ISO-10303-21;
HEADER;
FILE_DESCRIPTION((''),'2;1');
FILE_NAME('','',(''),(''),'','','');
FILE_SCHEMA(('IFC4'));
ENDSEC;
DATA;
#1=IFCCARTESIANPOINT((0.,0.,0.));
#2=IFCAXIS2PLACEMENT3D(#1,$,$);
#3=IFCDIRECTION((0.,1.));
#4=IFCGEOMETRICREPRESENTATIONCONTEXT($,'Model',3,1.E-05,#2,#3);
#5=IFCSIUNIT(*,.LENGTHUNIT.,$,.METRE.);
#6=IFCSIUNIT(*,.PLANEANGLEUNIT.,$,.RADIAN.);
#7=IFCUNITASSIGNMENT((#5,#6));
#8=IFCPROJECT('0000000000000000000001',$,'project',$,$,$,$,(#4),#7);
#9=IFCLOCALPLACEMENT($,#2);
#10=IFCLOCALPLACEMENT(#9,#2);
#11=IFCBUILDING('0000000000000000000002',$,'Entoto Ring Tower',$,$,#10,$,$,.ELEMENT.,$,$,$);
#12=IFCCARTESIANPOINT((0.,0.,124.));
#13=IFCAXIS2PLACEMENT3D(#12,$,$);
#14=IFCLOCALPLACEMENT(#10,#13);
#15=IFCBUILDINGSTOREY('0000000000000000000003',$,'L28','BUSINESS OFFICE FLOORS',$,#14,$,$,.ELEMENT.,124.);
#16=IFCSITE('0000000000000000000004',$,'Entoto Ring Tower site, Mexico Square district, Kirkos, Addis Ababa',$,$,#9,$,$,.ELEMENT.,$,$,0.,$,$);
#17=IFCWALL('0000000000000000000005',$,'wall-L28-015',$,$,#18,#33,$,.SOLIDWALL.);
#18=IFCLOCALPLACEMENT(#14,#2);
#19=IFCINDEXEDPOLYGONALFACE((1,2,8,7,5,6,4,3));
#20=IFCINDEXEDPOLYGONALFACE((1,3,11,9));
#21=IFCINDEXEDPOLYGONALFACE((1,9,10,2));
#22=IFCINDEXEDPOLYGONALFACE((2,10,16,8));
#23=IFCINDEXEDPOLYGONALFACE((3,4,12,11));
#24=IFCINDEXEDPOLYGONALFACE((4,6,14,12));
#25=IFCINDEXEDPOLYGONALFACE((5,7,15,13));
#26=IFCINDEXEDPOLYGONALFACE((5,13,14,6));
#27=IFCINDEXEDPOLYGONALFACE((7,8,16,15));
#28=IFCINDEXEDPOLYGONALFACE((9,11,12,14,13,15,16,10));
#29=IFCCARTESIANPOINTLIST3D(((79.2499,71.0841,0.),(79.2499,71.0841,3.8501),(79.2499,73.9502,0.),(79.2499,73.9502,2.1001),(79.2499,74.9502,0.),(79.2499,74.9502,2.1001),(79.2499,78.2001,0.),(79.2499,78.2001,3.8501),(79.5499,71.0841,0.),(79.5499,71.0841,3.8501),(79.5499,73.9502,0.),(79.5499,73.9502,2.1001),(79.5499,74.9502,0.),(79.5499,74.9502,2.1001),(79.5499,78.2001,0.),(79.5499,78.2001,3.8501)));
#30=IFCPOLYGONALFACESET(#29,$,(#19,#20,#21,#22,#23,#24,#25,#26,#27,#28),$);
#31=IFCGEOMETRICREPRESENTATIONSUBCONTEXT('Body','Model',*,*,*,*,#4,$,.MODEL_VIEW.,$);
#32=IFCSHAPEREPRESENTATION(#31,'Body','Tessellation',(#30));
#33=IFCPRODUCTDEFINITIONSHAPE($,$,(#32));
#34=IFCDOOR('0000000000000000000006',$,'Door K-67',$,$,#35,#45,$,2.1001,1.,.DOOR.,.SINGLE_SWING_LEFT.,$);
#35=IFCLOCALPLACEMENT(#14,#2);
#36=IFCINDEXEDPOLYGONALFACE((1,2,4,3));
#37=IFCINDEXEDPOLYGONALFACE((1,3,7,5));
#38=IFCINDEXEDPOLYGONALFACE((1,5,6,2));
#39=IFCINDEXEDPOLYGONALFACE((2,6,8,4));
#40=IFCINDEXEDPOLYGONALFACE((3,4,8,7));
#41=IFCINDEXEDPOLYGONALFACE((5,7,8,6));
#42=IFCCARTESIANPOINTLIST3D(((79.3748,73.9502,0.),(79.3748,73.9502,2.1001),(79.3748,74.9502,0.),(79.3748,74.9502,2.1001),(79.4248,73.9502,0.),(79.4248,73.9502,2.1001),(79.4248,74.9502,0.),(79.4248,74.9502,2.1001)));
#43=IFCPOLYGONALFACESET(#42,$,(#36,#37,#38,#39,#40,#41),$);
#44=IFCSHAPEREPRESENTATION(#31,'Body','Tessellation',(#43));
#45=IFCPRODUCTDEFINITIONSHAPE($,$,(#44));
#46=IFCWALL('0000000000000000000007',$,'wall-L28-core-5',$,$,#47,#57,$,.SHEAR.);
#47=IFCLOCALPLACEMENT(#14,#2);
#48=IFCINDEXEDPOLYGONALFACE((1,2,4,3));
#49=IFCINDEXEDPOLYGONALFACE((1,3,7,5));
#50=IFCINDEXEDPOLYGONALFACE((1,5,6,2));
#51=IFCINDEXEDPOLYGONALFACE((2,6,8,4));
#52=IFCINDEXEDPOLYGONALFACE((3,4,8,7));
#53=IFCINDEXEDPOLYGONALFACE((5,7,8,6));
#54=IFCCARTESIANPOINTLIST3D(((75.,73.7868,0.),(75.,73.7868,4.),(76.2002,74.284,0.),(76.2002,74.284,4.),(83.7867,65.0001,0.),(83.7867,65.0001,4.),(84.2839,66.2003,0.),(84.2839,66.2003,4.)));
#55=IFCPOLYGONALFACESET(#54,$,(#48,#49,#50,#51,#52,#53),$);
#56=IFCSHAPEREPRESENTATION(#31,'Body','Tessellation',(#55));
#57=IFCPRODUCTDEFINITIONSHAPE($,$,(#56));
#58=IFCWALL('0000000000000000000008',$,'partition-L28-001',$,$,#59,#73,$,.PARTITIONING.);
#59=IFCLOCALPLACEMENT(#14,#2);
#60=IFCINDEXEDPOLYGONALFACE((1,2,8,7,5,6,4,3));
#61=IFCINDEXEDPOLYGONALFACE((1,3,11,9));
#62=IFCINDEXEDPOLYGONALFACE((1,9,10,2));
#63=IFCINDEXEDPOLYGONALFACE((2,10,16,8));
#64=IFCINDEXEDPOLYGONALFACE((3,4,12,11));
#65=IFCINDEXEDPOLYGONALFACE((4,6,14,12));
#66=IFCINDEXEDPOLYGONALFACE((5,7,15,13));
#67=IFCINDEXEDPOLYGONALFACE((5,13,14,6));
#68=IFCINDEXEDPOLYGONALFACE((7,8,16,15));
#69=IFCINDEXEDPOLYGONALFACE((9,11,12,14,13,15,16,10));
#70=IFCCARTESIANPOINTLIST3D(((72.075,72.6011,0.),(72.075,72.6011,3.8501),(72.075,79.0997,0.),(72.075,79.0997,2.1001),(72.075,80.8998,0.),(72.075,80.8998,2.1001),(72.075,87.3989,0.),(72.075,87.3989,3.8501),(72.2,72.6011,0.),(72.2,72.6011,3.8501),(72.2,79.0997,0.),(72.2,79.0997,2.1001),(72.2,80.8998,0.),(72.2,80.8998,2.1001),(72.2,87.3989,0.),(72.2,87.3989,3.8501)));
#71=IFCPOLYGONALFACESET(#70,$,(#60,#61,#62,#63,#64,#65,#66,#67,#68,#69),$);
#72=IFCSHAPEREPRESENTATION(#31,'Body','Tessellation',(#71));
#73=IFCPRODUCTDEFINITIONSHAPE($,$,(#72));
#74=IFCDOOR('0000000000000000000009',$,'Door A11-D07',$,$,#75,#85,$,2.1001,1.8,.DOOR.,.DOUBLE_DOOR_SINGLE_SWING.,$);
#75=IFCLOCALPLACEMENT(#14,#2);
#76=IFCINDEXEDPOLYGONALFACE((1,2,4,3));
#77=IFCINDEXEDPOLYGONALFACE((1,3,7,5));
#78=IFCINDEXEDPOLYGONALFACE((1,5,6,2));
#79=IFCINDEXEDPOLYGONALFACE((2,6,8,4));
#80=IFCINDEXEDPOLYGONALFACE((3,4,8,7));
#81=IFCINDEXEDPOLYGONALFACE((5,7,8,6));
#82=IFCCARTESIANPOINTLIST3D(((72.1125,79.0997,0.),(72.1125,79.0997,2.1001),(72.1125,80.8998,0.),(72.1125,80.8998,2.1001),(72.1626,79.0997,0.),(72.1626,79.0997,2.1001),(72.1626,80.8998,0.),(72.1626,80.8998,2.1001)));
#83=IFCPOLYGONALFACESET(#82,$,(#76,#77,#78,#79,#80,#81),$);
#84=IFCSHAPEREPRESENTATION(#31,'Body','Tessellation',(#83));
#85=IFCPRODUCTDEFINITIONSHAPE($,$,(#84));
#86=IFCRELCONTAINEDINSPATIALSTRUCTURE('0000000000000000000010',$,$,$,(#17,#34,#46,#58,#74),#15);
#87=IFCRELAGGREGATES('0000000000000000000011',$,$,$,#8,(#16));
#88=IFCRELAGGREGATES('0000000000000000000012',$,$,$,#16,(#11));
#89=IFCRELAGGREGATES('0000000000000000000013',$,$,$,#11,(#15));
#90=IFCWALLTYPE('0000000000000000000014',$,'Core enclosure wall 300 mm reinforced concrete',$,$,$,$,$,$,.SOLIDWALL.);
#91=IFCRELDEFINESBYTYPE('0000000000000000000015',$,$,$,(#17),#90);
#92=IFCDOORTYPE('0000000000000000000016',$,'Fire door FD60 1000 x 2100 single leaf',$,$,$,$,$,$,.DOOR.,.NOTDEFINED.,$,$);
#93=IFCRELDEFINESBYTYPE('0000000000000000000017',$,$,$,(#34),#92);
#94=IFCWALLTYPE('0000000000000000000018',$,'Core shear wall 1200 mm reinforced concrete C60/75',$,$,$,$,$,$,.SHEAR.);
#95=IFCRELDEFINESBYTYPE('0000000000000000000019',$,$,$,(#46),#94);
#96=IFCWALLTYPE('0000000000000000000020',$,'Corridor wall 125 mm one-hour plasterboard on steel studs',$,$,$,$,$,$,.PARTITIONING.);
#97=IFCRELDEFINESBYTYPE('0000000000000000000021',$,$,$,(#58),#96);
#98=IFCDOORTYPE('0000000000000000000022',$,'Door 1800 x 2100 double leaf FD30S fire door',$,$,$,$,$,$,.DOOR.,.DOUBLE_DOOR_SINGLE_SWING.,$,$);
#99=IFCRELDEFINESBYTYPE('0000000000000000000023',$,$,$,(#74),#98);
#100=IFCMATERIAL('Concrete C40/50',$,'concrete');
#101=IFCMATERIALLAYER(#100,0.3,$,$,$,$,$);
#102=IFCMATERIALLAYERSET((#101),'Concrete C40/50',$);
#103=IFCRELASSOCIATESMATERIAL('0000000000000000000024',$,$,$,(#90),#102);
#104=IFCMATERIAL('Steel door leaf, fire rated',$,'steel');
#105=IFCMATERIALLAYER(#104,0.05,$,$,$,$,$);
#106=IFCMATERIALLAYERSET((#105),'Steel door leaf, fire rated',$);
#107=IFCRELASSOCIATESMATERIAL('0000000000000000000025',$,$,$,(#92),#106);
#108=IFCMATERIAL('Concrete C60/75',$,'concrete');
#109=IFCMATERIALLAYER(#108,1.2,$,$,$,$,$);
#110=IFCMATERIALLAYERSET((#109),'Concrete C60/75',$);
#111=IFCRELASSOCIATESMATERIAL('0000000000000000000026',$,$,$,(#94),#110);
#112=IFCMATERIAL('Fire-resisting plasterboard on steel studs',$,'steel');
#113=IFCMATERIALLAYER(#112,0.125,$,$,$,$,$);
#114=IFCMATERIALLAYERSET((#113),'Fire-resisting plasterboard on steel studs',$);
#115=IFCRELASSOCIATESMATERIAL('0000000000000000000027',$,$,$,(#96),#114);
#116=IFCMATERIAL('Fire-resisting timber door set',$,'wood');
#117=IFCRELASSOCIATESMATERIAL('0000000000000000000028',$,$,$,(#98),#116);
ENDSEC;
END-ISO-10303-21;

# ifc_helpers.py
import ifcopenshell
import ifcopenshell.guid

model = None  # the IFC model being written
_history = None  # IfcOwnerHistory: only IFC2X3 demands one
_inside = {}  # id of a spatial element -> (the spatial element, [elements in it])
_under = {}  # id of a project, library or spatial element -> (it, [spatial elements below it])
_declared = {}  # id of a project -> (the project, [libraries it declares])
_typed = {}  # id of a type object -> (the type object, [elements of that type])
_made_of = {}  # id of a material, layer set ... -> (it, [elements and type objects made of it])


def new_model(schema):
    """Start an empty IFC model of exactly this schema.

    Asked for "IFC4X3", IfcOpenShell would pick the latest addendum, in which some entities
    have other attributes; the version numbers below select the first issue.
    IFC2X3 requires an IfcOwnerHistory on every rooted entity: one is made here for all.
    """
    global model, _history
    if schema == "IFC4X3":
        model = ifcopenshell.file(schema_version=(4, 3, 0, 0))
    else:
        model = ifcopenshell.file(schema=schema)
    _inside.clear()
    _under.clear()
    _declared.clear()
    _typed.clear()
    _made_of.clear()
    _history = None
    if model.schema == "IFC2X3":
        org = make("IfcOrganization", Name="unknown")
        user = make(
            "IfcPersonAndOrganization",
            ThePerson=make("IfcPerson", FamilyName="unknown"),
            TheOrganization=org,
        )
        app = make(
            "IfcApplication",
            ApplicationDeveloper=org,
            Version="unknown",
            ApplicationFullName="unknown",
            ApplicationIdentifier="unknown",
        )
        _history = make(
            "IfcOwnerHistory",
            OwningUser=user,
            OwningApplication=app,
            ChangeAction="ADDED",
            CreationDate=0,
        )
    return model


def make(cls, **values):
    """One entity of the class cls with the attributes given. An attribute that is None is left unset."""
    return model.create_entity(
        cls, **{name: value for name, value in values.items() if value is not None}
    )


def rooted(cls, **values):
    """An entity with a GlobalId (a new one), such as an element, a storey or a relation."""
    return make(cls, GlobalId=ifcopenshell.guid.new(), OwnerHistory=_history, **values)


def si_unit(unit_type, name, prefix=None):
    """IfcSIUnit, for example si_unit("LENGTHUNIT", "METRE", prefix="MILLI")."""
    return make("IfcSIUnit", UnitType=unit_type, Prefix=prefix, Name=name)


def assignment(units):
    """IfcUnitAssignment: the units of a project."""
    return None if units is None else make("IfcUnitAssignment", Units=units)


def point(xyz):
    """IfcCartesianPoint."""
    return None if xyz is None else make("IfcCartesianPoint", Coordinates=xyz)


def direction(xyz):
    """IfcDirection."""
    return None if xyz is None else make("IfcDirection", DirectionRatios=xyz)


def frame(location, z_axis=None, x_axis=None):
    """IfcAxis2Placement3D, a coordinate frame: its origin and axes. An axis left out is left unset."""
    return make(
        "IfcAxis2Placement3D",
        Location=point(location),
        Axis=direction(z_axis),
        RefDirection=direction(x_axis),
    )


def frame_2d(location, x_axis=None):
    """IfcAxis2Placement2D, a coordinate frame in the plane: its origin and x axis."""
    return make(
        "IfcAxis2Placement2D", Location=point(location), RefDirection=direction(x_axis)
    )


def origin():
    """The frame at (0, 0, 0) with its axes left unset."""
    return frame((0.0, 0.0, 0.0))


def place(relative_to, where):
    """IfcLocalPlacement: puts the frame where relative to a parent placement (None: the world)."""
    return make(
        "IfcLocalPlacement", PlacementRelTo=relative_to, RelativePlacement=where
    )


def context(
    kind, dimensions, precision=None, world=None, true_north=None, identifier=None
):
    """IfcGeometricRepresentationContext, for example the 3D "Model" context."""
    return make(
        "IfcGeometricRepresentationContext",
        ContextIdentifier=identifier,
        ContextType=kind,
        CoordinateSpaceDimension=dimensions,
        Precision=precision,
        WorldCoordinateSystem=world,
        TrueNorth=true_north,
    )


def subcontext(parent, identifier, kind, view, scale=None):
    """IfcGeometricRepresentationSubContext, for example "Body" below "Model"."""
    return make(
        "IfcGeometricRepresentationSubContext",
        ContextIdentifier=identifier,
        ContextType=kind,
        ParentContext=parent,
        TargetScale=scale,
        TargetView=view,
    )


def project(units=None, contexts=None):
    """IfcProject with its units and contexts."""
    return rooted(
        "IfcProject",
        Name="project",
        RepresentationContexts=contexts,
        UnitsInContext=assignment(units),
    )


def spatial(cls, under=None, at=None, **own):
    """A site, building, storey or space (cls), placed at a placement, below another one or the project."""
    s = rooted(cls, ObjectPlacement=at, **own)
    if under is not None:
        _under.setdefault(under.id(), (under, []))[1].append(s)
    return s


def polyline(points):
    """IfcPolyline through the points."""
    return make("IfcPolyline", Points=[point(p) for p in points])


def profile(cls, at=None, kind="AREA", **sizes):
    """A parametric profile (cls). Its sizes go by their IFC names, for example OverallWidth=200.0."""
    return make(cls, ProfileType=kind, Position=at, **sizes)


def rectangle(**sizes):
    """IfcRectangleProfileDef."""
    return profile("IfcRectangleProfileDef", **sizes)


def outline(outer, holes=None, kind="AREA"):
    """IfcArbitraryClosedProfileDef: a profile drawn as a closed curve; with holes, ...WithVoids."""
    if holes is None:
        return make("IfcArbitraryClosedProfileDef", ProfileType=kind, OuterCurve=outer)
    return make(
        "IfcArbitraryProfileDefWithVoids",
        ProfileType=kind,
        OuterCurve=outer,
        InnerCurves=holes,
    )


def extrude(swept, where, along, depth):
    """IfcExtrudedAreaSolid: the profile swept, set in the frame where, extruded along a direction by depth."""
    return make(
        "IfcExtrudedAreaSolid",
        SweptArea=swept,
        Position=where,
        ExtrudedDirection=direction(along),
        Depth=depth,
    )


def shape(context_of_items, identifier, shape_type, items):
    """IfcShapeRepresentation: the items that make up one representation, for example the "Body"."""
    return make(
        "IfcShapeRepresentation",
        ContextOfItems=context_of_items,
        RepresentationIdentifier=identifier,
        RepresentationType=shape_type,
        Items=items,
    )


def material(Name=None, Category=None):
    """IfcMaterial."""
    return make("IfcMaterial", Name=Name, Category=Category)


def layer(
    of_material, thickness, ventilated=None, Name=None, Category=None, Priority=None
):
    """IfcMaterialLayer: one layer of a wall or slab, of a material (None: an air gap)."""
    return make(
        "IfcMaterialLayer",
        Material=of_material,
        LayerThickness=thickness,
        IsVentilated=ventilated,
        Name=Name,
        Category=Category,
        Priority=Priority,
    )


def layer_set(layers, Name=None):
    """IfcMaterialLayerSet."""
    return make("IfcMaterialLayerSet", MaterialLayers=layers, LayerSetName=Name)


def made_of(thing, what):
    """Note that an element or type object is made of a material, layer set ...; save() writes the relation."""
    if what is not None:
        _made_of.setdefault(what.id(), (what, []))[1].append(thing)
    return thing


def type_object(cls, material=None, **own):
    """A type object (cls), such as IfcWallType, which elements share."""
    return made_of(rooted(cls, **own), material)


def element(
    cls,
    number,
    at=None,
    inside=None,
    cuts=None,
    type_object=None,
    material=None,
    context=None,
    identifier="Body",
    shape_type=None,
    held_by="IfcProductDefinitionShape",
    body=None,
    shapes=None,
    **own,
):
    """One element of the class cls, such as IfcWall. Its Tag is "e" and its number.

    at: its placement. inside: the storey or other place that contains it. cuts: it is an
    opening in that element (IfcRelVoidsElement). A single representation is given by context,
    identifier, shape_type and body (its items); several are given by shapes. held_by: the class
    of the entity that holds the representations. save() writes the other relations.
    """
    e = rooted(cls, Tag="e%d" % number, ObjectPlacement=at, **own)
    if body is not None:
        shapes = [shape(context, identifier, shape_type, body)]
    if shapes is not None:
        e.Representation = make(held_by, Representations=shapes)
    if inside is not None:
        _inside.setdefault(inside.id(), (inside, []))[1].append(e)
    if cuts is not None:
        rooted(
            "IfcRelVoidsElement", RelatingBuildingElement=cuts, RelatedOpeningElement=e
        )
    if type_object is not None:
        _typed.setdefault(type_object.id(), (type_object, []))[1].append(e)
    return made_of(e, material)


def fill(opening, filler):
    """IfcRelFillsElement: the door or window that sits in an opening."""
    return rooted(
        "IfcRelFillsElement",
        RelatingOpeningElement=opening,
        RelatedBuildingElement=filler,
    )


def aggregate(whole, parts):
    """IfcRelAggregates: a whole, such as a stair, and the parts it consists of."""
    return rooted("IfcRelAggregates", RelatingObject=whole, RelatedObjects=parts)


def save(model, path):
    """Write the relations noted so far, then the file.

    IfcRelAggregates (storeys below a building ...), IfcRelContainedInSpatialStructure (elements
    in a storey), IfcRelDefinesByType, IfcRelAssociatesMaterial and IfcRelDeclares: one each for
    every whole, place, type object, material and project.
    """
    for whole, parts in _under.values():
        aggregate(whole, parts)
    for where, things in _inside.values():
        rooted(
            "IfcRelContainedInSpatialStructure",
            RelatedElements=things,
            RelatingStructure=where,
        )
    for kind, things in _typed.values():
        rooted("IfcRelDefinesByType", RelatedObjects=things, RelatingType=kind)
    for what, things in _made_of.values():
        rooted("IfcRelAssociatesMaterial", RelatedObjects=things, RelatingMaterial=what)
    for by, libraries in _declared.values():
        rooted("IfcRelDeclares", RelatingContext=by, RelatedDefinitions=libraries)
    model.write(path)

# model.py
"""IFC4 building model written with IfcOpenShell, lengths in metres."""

from ifc_helpers import new_model, si_unit, direction, frame, frame_2d, origin, place, context, subcontext, project, spatial, polyline, rectangle, outline, extrude, material, layer, layer_set, type_object, element, fill, save


model = new_model("IFC4")

# Units and contexts
model_context = context("Model", 3, precision=1e-05, world=origin(), true_north=direction((0.0, 1.0)))
body_context = subcontext(model_context, "Body", "Model", "MODEL_VIEW")
ifc_project = project(units=[si_unit("LENGTHUNIT", "METRE"), si_unit("PLANEANGLEUNIT", "RADIAN")], contexts=[model_context])

# Site, building, storey
site_placement = place(None, origin())
site = spatial("IfcSite", under=ifc_project, at=site_placement, Name="Entoto Ring Tower site, Mexico Square district, Kirkos, Addis Ababa", CompositionType="ELEMENT", RefElevation=0.0)
building_placement = place(site_placement, origin())
building = spatial("IfcBuilding", under=site, at=building_placement, Name="Entoto Ring Tower", CompositionType="ELEMENT")
storey_placement = place(building_placement, frame((0.0, 0.0, 124.0)))
storey = spatial("IfcBuildingStorey", under=building, at=storey_placement, Name="L28", Description="BUSINESS OFFICE FLOORS", CompositionType="ELEMENT", Elevation=124.0)

# Wall, opening, door
ifc_material_1 = material(Name="Concrete C40/50", Category="concrete")
ifc_layer_1 = layer(ifc_material_1, 0.3)
ifc_layer_set_1 = layer_set([ifc_layer_1], Name="Concrete C40/50")
wall_type_1 = type_object("IfcWallType", Name="Core enclosure wall 300 mm reinforced concrete", PredefinedType="SOLIDWALL", material=ifc_layer_set_1)
wall_1_placement = place(storey_placement, frame((79.3999, 71.084, 0.0), z_axis=(0.0, 0.0, 1.0), x_axis=(0.0, 1.0, 0.0)))
wall_1 = element("IfcWall", 1, at=wall_1_placement, inside=storey, type_object=wall_type_1, Name="wall-L28-015", PredefinedType="SOLIDWALL", context=body_context, shape_type="SweptSolid", body=[
    extrude(rectangle(XDim=7.116, YDim=0.3, at=frame_2d((3.5581, 0.0))), origin(), (0.0, 0.0, 1.0), 3.8501),
])
opening_1_placement = place(wall_1_placement, frame((2.8662, 0.0, 0.0)))
opening_1 = element("IfcOpeningElement", 2, at=opening_1_placement, cuts=wall_1, PredefinedType="OPENING", context=body_context, shape_type="SweptSolid", body=[
    extrude(rectangle(XDim=1.0, YDim=2.1001, at=frame_2d((0.5, 1.05))), frame((0.0, 0.1602, 0.0), z_axis=(0.0, -1.0, 0.0), x_axis=(1.0, 0.0, 0.0)), (0.0, 0.0, 1.0), 0.3201),
])
ifc_material_2 = material(Name="Steel door leaf, fire rated", Category="steel")
ifc_layer_2 = layer(ifc_material_2, 0.05)
ifc_layer_set_2 = layer_set([ifc_layer_2], Name="Steel door leaf, fire rated")
door_type_1 = type_object("IfcDoorType", Name="Fire door FD60 1000 x 2100 single leaf", OperationType="NOTDEFINED", PredefinedType="DOOR", material=ifc_layer_set_2)
door_1_placement = place(opening_1_placement, frame((1.0, 0.0, 0.0), z_axis=(0.0, 0.0, 1.0), x_axis=(-1.0, 0.0, 0.0)))
door_1 = element("IfcDoor", 3, at=door_1_placement, inside=storey, type_object=door_type_1, Name="Door K-67", OperationType="SINGLE_SWING_LEFT", OverallHeight=2.1001, OverallWidth=1.0, PredefinedType="DOOR", context=body_context, shape_type="SweptSolid", body=[
    extrude(rectangle(XDim=1.0, YDim=2.1001, at=frame_2d((0.5, 1.05))), frame((0.0, 0.0249, 0.0), z_axis=(0.0, -1.0, 0.0), x_axis=(1.0, 0.0, 0.0)), (0.0, 0.0, 1.0), 0.05),
])
fill(opening_1, door_1)

# Wall
ifc_material_3 = material(Name="Concrete C60/75", Category="concrete")
ifc_layer_3 = layer(ifc_material_3, 1.2)
ifc_layer_set_3 = layer_set([ifc_layer_3], Name="Concrete C60/75")
wall_type_2 = type_object("IfcWallType", Name="Core shear wall 1200 mm reinforced concrete C60/75", PredefinedType="SHEAR", material=ifc_layer_set_3)
wall_2_placement = place(storey_placement, frame((75.6001, 74.0354, 0.0), z_axis=(0.0, 0.0, 1.0), x_axis=(0.707107, -0.707107, 0.0)))
element("IfcWall", 4, at=wall_2_placement, inside=storey, type_object=wall_type_2, Name="wall-L28-core-5", PredefinedType="SHEAR", context=body_context, shape_type="SweptSolid", body=[
    extrude(outline(polyline([(-0.2485, -0.6001), (12.1777, -0.6001), (11.6807, 0.6001), (0.2485, 0.6001), (-0.2485, -0.6001)])), origin(), (0.0, 0.0, 1.0), 4.0),
])

# Wall, opening, door
ifc_material_4 = material(Name="Fire-resisting plasterboard on steel studs", Category="steel")
ifc_layer_4 = layer(ifc_material_4, 0.125)
ifc_layer_set_4 = layer_set([ifc_layer_4], Name="Fire-resisting plasterboard on steel studs")
wall_type_3 = type_object("IfcWallType", Name="Corridor wall 125 mm one-hour plasterboard on steel studs", PredefinedType="PARTITIONING", material=ifc_layer_set_4)
wall_3_placement = place(storey_placement, frame((72.1375, 72.6011, 0.0), z_axis=(0.0, 0.0, 1.0), x_axis=(0.0, 1.0, 0.0)))
wall_3 = element("IfcWall", 5, at=wall_3_placement, inside=storey, type_object=wall_type_3, Name="partition-L28-001", PredefinedType="PARTITIONING", context=body_context, shape_type="SweptSolid", body=[
    extrude(rectangle(XDim=14.7979, YDim=0.125, at=frame_2d((7.3989, 0.0))), origin(), (0.0, 0.0, 1.0), 3.8501),
])
opening_2_placement = place(wall_3_placement, frame((6.4988, 0.0, 0.0)))
opening_2 = element("IfcOpeningElement", 6, at=opening_2_placement, cuts=wall_3, PredefinedType="OPENING", context=body_context, shape_type="SweptSolid", body=[
    extrude(rectangle(XDim=1.8, YDim=2.1001, at=frame_2d((0.8999, 1.05))), frame((0.0, 0.0725, 0.0), z_axis=(0.0, -1.0, 0.0), x_axis=(1.0, 0.0, 0.0)), (0.0, 0.0, 1.0), 0.145),
])
ifc_material_5 = material(Name="Fire-resisting timber door set", Category="wood")
door_type_2 = type_object("IfcDoorType", Name="Door 1800 x 2100 double leaf FD30S fire door", OperationType="DOUBLE_DOOR_SINGLE_SWING", PredefinedType="DOOR", material=ifc_material_5)
door_2_placement = place(opening_2_placement, origin())
door_2 = element("IfcDoor", 7, at=door_2_placement, inside=storey, type_object=door_type_2, Name="Door A11-D07", OperationType="DOUBLE_DOOR_SINGLE_SWING", OverallHeight=2.1001, OverallWidth=1.8, PredefinedType="DOOR", context=body_context, shape_type="SweptSolid", body=[
    extrude(rectangle(XDim=1.8, YDim=2.1001, at=frame_2d((0.8999, 1.05))), frame((0.0, 0.0249, 0.0), z_axis=(0.0, -1.0, 0.0), x_axis=(1.0, 0.0, 0.0)), (0.0, 0.0, 1.0), 0.05),
])
fill(opening_2, door_2)

save(model, "model.ifc")
